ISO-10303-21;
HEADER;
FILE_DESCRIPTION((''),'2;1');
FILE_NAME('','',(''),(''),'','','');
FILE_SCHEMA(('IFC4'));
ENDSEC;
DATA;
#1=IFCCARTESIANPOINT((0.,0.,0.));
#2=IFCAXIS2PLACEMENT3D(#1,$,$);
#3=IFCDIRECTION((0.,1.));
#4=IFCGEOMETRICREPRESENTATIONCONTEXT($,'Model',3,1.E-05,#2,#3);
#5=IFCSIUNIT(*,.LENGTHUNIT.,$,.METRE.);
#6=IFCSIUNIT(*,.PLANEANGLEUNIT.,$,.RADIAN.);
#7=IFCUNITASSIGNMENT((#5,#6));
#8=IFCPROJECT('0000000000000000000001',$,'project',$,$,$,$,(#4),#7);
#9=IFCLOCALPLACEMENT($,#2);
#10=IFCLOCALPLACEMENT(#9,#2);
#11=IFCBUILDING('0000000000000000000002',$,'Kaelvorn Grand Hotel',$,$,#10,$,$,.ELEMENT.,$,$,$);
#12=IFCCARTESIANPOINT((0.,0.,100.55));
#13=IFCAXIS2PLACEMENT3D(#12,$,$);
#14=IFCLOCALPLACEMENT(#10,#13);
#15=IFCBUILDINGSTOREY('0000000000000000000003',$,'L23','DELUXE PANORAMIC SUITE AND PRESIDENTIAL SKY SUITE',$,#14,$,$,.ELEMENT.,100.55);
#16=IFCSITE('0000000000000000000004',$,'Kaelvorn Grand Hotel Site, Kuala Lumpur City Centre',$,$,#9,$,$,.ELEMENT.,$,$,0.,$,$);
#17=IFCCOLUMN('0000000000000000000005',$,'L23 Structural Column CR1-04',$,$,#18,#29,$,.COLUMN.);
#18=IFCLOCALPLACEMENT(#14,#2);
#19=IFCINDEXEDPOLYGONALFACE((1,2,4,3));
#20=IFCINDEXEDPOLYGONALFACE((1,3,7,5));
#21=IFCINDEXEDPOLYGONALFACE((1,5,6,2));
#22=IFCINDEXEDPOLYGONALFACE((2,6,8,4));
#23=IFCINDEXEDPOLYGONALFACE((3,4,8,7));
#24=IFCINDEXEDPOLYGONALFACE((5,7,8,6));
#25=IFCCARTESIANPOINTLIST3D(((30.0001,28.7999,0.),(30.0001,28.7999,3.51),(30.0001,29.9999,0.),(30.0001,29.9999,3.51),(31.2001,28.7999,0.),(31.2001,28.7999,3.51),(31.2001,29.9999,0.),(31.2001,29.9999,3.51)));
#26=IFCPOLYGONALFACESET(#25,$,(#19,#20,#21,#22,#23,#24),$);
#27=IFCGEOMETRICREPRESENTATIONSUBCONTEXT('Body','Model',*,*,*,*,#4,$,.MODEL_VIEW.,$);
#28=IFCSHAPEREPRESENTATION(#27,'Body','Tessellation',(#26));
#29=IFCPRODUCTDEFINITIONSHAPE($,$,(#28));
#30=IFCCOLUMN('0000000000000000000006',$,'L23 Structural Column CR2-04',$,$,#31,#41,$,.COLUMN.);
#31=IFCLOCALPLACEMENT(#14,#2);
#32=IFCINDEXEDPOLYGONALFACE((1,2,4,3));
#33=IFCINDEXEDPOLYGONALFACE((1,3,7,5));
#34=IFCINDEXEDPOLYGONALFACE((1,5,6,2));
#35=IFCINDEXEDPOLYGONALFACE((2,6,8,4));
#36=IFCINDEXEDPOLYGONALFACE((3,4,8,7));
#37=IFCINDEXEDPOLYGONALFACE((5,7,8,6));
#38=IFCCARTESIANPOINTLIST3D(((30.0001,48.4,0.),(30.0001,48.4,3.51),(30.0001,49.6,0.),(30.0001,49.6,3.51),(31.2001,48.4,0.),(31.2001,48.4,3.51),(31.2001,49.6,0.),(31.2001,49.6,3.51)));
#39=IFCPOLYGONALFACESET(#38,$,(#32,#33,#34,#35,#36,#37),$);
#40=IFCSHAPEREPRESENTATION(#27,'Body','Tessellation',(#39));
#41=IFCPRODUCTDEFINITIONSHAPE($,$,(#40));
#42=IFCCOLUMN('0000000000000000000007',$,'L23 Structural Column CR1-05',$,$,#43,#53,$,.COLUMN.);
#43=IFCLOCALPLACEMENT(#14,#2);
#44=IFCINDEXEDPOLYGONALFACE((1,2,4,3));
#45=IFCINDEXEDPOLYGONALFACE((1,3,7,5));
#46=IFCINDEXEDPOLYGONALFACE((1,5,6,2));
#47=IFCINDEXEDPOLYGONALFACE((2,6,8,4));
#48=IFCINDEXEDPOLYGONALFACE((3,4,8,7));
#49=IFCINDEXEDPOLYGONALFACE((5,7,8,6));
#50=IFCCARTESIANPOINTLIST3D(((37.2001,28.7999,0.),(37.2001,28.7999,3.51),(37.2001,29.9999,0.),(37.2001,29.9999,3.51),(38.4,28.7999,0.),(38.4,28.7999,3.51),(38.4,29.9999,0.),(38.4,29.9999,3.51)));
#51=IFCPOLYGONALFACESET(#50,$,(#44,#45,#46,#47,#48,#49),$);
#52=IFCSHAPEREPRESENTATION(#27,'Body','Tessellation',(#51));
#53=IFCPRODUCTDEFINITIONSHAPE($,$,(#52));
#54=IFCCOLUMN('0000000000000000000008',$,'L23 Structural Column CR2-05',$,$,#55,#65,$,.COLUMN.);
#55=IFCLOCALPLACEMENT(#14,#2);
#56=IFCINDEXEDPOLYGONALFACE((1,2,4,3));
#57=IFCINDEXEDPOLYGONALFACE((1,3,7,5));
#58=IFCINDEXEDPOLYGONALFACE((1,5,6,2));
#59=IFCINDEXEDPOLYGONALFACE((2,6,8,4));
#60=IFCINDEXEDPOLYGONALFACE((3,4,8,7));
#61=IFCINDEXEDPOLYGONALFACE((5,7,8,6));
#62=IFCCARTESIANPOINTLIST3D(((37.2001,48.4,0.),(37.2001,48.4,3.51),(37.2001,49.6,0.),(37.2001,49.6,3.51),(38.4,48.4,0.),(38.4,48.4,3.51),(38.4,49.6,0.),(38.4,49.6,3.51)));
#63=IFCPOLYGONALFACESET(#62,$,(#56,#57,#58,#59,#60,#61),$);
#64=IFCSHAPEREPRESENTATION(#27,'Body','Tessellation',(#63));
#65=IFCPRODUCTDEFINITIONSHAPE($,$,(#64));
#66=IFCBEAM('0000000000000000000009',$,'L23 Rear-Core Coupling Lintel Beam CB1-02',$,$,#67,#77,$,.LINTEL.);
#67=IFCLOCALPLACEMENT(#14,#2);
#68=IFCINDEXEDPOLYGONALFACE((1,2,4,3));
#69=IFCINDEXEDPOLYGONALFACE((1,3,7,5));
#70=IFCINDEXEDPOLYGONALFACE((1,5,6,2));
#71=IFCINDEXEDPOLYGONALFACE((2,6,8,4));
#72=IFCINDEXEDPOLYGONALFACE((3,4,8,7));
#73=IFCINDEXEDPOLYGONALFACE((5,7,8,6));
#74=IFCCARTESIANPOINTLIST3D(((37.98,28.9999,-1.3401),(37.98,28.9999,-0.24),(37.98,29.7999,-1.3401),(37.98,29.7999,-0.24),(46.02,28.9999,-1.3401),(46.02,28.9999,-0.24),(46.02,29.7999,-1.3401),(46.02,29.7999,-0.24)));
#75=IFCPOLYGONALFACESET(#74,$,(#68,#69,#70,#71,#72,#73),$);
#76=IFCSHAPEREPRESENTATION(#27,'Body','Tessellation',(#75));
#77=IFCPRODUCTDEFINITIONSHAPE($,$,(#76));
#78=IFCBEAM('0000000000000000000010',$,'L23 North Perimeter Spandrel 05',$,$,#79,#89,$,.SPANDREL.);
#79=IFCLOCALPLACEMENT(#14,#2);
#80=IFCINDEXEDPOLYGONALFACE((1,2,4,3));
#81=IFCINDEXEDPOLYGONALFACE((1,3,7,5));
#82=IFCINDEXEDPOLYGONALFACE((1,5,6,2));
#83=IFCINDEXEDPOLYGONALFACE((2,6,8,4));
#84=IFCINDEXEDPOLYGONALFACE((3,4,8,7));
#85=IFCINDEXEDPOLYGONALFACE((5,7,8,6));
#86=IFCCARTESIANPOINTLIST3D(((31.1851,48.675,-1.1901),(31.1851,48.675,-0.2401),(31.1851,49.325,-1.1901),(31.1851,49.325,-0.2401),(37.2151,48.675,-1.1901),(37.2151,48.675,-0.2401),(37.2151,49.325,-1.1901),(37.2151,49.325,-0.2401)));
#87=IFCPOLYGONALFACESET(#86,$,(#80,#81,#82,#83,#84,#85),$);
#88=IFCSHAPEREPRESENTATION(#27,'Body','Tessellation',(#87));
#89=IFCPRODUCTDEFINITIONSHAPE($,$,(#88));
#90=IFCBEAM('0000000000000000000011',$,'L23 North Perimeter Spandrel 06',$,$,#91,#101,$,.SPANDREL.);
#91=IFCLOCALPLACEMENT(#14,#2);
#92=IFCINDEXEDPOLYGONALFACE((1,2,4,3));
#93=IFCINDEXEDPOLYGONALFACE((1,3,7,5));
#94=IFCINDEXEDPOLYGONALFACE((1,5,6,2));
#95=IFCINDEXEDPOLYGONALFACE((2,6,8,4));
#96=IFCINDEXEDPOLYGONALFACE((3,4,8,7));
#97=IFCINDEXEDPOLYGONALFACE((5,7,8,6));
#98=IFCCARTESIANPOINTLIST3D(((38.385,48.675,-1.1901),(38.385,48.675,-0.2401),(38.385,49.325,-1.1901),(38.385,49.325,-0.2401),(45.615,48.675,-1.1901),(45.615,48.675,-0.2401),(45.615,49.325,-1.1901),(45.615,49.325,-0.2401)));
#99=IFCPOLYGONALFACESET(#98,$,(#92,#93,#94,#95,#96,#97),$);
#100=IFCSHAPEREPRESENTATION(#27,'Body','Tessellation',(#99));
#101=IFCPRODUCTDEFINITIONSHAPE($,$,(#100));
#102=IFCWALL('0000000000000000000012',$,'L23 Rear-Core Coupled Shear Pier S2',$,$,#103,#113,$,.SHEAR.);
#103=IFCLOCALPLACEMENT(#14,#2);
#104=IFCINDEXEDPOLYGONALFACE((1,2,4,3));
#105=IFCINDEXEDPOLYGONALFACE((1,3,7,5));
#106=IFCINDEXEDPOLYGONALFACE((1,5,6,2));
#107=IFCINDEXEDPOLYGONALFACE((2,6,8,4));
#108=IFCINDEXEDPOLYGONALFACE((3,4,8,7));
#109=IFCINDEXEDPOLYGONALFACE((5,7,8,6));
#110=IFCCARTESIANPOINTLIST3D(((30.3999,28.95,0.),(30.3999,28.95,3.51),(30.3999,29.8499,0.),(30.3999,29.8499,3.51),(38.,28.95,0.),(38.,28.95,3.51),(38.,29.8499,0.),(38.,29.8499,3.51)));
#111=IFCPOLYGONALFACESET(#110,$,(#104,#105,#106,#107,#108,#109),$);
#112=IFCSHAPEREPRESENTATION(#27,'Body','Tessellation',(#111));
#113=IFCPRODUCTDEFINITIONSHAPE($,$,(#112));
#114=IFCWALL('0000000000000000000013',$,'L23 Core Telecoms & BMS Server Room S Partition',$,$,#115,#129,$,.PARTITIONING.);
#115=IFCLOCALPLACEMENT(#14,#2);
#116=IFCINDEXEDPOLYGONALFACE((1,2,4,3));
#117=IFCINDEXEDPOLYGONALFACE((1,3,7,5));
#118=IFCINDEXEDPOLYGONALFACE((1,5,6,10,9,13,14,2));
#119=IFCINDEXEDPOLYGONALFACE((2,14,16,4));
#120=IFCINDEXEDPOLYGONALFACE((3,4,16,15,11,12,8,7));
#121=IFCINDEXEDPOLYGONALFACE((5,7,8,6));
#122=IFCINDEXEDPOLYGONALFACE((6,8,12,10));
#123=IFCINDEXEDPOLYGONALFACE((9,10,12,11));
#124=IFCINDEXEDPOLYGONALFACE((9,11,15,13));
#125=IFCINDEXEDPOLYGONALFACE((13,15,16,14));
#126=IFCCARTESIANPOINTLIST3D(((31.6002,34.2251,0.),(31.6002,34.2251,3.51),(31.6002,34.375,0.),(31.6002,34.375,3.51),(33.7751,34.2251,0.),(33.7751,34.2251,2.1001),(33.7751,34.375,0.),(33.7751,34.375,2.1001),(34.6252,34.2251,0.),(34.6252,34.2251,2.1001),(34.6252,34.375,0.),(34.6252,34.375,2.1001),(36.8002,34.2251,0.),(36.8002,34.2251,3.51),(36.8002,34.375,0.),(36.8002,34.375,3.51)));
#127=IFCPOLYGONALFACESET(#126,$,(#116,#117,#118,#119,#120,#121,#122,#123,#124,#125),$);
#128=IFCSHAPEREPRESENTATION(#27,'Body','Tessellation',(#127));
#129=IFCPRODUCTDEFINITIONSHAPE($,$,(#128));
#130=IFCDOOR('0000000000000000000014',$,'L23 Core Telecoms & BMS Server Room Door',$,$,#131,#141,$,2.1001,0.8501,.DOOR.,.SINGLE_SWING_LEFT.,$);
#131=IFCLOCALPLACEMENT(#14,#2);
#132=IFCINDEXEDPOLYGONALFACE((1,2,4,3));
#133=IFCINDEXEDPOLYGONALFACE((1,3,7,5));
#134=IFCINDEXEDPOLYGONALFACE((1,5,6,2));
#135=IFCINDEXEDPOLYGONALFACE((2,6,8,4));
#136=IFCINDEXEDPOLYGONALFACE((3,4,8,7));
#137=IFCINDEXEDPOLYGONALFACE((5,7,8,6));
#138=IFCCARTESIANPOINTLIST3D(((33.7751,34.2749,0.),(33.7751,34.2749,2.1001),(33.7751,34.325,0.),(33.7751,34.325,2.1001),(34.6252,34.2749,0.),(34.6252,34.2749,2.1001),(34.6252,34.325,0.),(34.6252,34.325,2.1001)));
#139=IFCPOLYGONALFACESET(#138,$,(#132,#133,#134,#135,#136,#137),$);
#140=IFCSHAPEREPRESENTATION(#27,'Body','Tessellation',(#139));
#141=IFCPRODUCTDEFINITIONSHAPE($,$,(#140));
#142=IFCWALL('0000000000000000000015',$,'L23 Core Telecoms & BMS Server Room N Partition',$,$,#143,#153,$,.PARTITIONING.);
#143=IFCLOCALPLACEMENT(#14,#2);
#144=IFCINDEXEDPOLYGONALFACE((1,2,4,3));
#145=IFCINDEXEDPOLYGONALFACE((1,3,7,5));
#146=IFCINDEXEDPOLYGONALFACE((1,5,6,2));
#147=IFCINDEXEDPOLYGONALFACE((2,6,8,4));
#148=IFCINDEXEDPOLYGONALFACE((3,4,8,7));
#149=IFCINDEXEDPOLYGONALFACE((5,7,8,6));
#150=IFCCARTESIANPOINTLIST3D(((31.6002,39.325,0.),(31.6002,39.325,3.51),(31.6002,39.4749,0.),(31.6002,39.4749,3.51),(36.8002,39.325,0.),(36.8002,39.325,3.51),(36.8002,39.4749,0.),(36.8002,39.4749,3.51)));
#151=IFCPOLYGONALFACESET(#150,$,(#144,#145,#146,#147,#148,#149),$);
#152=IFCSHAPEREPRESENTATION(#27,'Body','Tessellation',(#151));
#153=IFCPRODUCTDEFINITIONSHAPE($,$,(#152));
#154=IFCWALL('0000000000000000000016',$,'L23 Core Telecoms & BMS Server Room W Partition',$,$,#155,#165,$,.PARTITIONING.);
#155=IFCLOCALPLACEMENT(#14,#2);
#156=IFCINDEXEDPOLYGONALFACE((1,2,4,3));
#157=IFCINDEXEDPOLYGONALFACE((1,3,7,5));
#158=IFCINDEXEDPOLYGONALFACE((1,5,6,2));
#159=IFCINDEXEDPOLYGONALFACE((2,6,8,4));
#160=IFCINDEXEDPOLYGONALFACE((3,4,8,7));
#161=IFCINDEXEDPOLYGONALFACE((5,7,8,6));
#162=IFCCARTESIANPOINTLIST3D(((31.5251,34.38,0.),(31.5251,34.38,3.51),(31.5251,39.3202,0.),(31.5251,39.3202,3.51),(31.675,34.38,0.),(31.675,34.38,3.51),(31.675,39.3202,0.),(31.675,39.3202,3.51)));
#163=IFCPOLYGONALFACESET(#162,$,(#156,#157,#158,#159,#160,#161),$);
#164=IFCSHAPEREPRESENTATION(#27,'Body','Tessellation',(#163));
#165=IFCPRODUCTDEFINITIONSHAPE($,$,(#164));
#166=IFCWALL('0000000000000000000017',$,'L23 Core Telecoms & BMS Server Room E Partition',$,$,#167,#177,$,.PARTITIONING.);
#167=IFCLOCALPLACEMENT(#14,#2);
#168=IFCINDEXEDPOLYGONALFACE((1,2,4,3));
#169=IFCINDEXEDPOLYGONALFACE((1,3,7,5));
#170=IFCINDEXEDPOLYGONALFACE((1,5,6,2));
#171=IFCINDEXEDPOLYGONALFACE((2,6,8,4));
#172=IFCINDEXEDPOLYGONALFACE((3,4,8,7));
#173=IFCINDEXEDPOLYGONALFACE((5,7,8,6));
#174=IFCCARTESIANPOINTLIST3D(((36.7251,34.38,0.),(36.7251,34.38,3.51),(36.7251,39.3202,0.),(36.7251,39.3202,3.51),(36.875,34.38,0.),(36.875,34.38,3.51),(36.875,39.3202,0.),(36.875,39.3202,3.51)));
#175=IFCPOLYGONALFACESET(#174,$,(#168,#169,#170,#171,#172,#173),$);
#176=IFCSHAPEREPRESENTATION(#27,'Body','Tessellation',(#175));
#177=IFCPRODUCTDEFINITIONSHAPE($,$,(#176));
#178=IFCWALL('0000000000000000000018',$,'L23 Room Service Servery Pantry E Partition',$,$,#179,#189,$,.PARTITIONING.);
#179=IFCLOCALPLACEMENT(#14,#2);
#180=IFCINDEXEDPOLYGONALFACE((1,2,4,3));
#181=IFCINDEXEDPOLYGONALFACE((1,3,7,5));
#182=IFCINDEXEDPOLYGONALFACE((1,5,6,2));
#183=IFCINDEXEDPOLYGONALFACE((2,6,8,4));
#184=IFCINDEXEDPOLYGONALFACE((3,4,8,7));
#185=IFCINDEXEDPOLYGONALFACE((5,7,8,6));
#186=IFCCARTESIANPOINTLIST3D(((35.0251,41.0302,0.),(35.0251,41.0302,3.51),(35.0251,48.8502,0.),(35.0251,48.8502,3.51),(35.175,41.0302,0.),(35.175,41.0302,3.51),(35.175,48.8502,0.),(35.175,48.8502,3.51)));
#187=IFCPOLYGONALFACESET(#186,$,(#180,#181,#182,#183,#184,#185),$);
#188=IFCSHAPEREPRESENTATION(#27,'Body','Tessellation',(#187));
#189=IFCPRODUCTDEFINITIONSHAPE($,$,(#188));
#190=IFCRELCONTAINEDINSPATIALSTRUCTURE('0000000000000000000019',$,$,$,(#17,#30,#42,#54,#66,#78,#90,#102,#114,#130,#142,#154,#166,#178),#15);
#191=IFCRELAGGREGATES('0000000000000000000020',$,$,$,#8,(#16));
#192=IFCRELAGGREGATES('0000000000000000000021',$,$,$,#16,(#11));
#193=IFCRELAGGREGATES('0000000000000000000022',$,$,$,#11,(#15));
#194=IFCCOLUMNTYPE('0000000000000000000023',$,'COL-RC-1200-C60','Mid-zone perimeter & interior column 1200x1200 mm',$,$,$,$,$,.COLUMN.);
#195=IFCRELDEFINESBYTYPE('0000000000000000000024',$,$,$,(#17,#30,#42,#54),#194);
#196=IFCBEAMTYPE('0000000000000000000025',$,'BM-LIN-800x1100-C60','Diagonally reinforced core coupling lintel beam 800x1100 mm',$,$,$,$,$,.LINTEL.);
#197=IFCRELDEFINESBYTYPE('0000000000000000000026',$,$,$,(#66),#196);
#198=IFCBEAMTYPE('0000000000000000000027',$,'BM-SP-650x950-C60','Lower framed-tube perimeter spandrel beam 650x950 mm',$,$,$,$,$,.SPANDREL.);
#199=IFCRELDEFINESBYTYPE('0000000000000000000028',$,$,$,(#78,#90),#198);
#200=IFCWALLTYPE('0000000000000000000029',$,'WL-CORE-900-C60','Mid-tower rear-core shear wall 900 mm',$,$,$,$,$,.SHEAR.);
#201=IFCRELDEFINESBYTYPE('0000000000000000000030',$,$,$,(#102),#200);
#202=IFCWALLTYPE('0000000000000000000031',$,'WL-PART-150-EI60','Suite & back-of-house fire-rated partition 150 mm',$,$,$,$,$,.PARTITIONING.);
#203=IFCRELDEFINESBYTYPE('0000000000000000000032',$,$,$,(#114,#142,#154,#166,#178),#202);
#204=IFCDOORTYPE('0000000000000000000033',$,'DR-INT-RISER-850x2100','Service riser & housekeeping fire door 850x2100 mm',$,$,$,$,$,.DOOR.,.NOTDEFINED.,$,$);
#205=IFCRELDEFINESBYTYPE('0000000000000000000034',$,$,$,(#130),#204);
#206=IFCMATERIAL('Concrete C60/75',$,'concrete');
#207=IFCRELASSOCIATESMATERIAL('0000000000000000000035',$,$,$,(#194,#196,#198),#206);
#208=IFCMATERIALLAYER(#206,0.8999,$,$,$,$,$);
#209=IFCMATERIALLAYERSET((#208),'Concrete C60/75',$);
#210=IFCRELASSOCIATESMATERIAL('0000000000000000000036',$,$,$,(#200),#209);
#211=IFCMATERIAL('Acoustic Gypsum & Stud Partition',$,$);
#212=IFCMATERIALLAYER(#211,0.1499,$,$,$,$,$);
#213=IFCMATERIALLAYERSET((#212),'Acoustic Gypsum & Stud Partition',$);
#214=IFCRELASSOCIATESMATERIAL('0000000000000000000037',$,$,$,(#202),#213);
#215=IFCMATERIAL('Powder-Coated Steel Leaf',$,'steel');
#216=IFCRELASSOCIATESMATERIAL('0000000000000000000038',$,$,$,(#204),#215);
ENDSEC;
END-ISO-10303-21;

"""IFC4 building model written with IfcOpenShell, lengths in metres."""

from ifc_helpers import new_model, si_unit, direction, frame, frame_2d, origin, origin_2d, place, context, subcontext, project, spatial, rectangle, extrude, material, layer, layer_set, material_profile, profile_set, type_object, element, fill, save


model = new_model("IFC4")

# Units and contexts
model_context = context("Model", 3, precision=1e-05, world=origin(), true_north=direction((0.0, 1.0)))
body_context = subcontext(model_context, "Body", "Model", "MODEL_VIEW")
ifc_project = project(units=[si_unit("LENGTHUNIT", "METRE"), si_unit("PLANEANGLEUNIT", "RADIAN")], contexts=[model_context])

# Site, building, storey
site_placement = place(None, origin())
site = spatial("IfcSite", under=ifc_project, at=site_placement, Name="Kaelvorn Grand Hotel Site, Kuala Lumpur City Centre", CompositionType="ELEMENT", RefElevation=0.0)
building_placement = place(site_placement, origin())
building = spatial("IfcBuilding", under=site, at=building_placement, Name="Kaelvorn Grand Hotel", CompositionType="ELEMENT")
storey_placement = place(building_placement, frame((0.0, 0.0, 100.55)))
storey = spatial("IfcBuildingStorey", under=building, at=storey_placement, Name="L23", Description="DELUXE PANORAMIC SUITE AND PRESIDENTIAL SKY SUITE", CompositionType="ELEMENT", Elevation=100.55)

# Columns
ifc_material_1 = material(Name="Concrete C60/75", Category="concrete")
ifc_material_profile_1 = material_profile(ifc_material_1, rectangle(XDim=1.2, YDim=1.2, at=origin_2d()), Name="RC COL 1200x1200")
ifc_profile_set_1 = profile_set([ifc_material_profile_1], Name="Concrete C60/75")
column_type = type_object("IfcColumnType", Name="COL-RC-1200-C60", Description="Mid-zone perimeter & interior column 1200x1200 mm", PredefinedType="COLUMN", material=ifc_profile_set_1)
for number, where, z_axis, x_axis, name in (
    (1, (30.6001, 29.3999, 0.0), (0.0, 0.0, 1.0), (1.0, 0.0, 0.0), "L23 Structural Column CR1-04"),
    (2, (30.6001, 49.0, 0.0), (0.0, 0.0, 1.0), (1.0, 0.0, 0.0), "L23 Structural Column CR2-04"),
    (3, (37.8, 29.3999, 0.0), (0.0, 0.0, 1.0), (1.0, 0.0, 0.0), "L23 Structural Column CR1-05"),
    (4, (37.8, 49.0, 0.0), (0.0, 0.0, 1.0), (1.0, 0.0, 0.0), "L23 Structural Column CR2-05"),
):
    element("IfcColumn", number, at=place(storey_placement, frame(where, z_axis=z_axis, x_axis=x_axis)), inside=storey, type_object=column_type, Name=name, PredefinedType="COLUMN", context=body_context, shape_type="SweptSolid", body=[
        extrude(rectangle(XDim=1.2, YDim=1.2, at=origin_2d()), origin(), (0.0, 0.0, 1.0), 3.51),
    ])

# Beams
ifc_material_profile_2 = material_profile(ifc_material_1, rectangle(XDim=0.8, YDim=1.1001, at=origin_2d()), Name="RC LINTEL 800x1100")
ifc_profile_set_2 = profile_set([ifc_material_profile_2], Name="Concrete C60/75")
beam_type_1 = type_object("IfcBeamType", Name="BM-LIN-800x1100-C60", Description="Diagonally reinforced core coupling lintel beam 800x1100 mm", PredefinedType="LINTEL", material=ifc_profile_set_2)
beam_1_placement = place(storey_placement, frame((37.98, 29.3999, -0.79), z_axis=(1.0, 0.0, 0.0), x_axis=(0.0, 1.0, 0.0)))
element("IfcBeam", 5, at=beam_1_placement, inside=storey, type_object=beam_type_1, Name="L23 Rear-Core Coupling Lintel Beam CB1-02", PredefinedType="LINTEL", context=body_context, shape_type="SweptSolid", body=[
    extrude(rectangle(XDim=0.8, YDim=1.1001, at=origin_2d()), origin(), (0.0, 0.0, 1.0), 8.04),
])
ifc_material_profile_3 = material_profile(ifc_material_1, rectangle(XDim=0.6499, YDim=0.95, at=origin_2d()), Name="RC SPANDREL 650x950")
ifc_profile_set_3 = profile_set([ifc_material_profile_3], Name="Concrete C60/75")
beam_type_2 = type_object("IfcBeamType", Name="BM-SP-650x950-C60", Description="Lower framed-tube perimeter spandrel beam 650x950 mm", PredefinedType="SPANDREL", material=ifc_profile_set_3)
beam_2_placement = place(storey_placement, frame((31.1851, 49.0, -0.7151), z_axis=(1.0, 0.0, 0.0), x_axis=(0.0, 1.0, 0.0)))
element("IfcBeam", 6, at=beam_2_placement, inside=storey, type_object=beam_type_2, Name="L23 North Perimeter Spandrel 05", PredefinedType="SPANDREL", context=body_context, shape_type="SweptSolid", body=[
    extrude(rectangle(XDim=0.6499, YDim=0.95, at=origin_2d()), origin(), (0.0, 0.0, 1.0), 6.03),
])
beam_3_placement = place(storey_placement, frame((38.385, 49.0, -0.7151), z_axis=(1.0, 0.0, 0.0), x_axis=(0.0, 1.0, 0.0)))
element("IfcBeam", 7, at=beam_3_placement, inside=storey, type_object=beam_type_2, Name="L23 North Perimeter Spandrel 06", PredefinedType="SPANDREL", context=body_context, shape_type="SweptSolid", body=[
    extrude(rectangle(XDim=0.6499, YDim=0.95, at=origin_2d()), origin(), (0.0, 0.0, 1.0), 7.23),
])

# Wall
ifc_layer_1 = layer(ifc_material_1, 0.8999)
ifc_layer_set_1 = layer_set([ifc_layer_1], Name="Concrete C60/75")
wall_type_1 = type_object("IfcWallType", Name="WL-CORE-900-C60", Description="Mid-tower rear-core shear wall 900 mm", PredefinedType="SHEAR", material=ifc_layer_set_1)
wall_1_placement = place(storey_placement, frame((30.3999, 29.3999, 0.0), z_axis=(0.0, 0.0, 1.0), x_axis=(1.0, 0.0, 0.0)))
element("IfcWall", 8, at=wall_1_placement, inside=storey, type_object=wall_type_1, Name="L23 Rear-Core Coupled Shear Pier S2", PredefinedType="SHEAR", context=body_context, shape_type="SweptSolid", body=[
    extrude(rectangle(XDim=7.6001, YDim=0.8999, at=frame_2d((3.8, 0.0))), origin(), (0.0, 0.0, 1.0), 3.51),
])

# Wall, opening, door
ifc_material_2 = material(Name="Acoustic Gypsum & Stud Partition")
ifc_layer_2 = layer(ifc_material_2, 0.1499)
ifc_layer_set_2 = layer_set([ifc_layer_2], Name="Acoustic Gypsum & Stud Partition")
wall_type_2 = type_object("IfcWallType", Name="WL-PART-150-EI60", Description="Suite & back-of-house fire-rated partition 150 mm", PredefinedType="PARTITIONING", material=ifc_layer_set_2)
wall_2_placement = place(storey_placement, frame((31.6001, 34.3, 0.0), z_axis=(0.0, 0.0, 1.0), x_axis=(1.0, 0.0, 0.0)))
wall_2 = element("IfcWall", 9, at=wall_2_placement, inside=storey, type_object=wall_type_2, Name="L23 Core Telecoms & BMS Server Room S Partition", PredefinedType="PARTITIONING", context=body_context, shape_type="SweptSolid", body=[
    extrude(rectangle(XDim=5.2, YDim=0.1499, at=frame_2d((2.6001, 0.0))), origin(), (0.0, 0.0, 1.0), 3.51),
])
opening_1_placement = place(wall_2_placement, frame((2.175, 0.0, 0.0)))
opening_1 = element("IfcOpeningElement", 10, at=opening_1_placement, cuts=wall_2, PredefinedType="OPENING", context=body_context, shape_type="SweptSolid", body=[
    extrude(rectangle(XDim=0.8501, YDim=2.1001, at=frame_2d((0.425, 1.05))), frame((0.0, 0.085, 0.0), z_axis=(0.0, -1.0, 0.0), x_axis=(1.0, 0.0, 0.0)), (0.0, 0.0, 1.0), 0.1699),
])
ifc_material_3 = material(Name="Powder-Coated Steel Leaf", Category="steel")
door_type_1 = type_object("IfcDoorType", Name="DR-INT-RISER-850x2100", Description="Service riser & housekeeping fire door 850x2100 mm", OperationType="NOTDEFINED", PredefinedType="DOOR", material=ifc_material_3)
door_1_placement = place(opening_1_placement, origin())
door_1 = element("IfcDoor", 11, at=door_1_placement, inside=storey, type_object=door_type_1, Name="L23 Core Telecoms & BMS Server Room Door", OperationType="SINGLE_SWING_LEFT", OverallHeight=2.1001, OverallWidth=0.8501, PredefinedType="DOOR", context=body_context, shape_type="SweptSolid", body=[
    extrude(rectangle(XDim=0.8501, YDim=2.1001, at=frame_2d((0.425, 1.05))), frame((0.0, 0.0249, 0.0), z_axis=(0.0, -1.0, 0.0), x_axis=(1.0, 0.0, 0.0)), (0.0, 0.0, 1.0), 0.05),
])
fill(opening_1, door_1)

# Walls
wall_3_placement = place(storey_placement, frame((31.6001, 39.3999, 0.0), z_axis=(0.0, 0.0, 1.0), x_axis=(1.0, 0.0, 0.0)))
element("IfcWall", 12, at=wall_3_placement, inside=storey, type_object=wall_type_2, Name="L23 Core Telecoms & BMS Server Room N Partition", PredefinedType="PARTITIONING", context=body_context, shape_type="SweptSolid", body=[
    extrude(rectangle(XDim=5.2, YDim=0.1499, at=frame_2d((2.6001, 0.0))), origin(), (0.0, 0.0, 1.0), 3.51),
])
for number, where, z_axis, x_axis, name in (
    (13, (31.6001, 34.3799, 0.0), (0.0, 0.0, 1.0), (0.0, 1.0, 0.0), "L23 Core Telecoms & BMS Server Room W Partition"),
    (14, (36.8, 34.3799, 0.0), (0.0, 0.0, 1.0), (0.0, 1.0, 0.0), "L23 Core Telecoms & BMS Server Room E Partition"),
):
    element("IfcWall", number, at=place(storey_placement, frame(where, z_axis=z_axis, x_axis=x_axis)), inside=storey, type_object=wall_type_2, Name=name, PredefinedType="PARTITIONING", context=body_context, shape_type="SweptSolid", body=[
        extrude(rectangle(XDim=4.9402, YDim=0.1499, at=frame_2d((2.4702, 0.0))), origin(), (0.0, 0.0, 1.0), 3.51),
    ])
wall_4_placement = place(storey_placement, frame((35.1001, 41.03, 0.0), z_axis=(0.0, 0.0, 1.0), x_axis=(0.0, 1.0, 0.0)))
element("IfcWall", 15, at=wall_4_placement, inside=storey, type_object=wall_type_2, Name="L23 Room Service Servery Pantry E Partition", PredefinedType="PARTITIONING", context=body_context, shape_type="SweptSolid", body=[
    extrude(rectangle(XDim=7.8201, YDim=0.1499, at=frame_2d((3.9102, 0.0))), origin(), (0.0, 0.0, 1.0), 3.51),
])

save(model, "model.ifc")
